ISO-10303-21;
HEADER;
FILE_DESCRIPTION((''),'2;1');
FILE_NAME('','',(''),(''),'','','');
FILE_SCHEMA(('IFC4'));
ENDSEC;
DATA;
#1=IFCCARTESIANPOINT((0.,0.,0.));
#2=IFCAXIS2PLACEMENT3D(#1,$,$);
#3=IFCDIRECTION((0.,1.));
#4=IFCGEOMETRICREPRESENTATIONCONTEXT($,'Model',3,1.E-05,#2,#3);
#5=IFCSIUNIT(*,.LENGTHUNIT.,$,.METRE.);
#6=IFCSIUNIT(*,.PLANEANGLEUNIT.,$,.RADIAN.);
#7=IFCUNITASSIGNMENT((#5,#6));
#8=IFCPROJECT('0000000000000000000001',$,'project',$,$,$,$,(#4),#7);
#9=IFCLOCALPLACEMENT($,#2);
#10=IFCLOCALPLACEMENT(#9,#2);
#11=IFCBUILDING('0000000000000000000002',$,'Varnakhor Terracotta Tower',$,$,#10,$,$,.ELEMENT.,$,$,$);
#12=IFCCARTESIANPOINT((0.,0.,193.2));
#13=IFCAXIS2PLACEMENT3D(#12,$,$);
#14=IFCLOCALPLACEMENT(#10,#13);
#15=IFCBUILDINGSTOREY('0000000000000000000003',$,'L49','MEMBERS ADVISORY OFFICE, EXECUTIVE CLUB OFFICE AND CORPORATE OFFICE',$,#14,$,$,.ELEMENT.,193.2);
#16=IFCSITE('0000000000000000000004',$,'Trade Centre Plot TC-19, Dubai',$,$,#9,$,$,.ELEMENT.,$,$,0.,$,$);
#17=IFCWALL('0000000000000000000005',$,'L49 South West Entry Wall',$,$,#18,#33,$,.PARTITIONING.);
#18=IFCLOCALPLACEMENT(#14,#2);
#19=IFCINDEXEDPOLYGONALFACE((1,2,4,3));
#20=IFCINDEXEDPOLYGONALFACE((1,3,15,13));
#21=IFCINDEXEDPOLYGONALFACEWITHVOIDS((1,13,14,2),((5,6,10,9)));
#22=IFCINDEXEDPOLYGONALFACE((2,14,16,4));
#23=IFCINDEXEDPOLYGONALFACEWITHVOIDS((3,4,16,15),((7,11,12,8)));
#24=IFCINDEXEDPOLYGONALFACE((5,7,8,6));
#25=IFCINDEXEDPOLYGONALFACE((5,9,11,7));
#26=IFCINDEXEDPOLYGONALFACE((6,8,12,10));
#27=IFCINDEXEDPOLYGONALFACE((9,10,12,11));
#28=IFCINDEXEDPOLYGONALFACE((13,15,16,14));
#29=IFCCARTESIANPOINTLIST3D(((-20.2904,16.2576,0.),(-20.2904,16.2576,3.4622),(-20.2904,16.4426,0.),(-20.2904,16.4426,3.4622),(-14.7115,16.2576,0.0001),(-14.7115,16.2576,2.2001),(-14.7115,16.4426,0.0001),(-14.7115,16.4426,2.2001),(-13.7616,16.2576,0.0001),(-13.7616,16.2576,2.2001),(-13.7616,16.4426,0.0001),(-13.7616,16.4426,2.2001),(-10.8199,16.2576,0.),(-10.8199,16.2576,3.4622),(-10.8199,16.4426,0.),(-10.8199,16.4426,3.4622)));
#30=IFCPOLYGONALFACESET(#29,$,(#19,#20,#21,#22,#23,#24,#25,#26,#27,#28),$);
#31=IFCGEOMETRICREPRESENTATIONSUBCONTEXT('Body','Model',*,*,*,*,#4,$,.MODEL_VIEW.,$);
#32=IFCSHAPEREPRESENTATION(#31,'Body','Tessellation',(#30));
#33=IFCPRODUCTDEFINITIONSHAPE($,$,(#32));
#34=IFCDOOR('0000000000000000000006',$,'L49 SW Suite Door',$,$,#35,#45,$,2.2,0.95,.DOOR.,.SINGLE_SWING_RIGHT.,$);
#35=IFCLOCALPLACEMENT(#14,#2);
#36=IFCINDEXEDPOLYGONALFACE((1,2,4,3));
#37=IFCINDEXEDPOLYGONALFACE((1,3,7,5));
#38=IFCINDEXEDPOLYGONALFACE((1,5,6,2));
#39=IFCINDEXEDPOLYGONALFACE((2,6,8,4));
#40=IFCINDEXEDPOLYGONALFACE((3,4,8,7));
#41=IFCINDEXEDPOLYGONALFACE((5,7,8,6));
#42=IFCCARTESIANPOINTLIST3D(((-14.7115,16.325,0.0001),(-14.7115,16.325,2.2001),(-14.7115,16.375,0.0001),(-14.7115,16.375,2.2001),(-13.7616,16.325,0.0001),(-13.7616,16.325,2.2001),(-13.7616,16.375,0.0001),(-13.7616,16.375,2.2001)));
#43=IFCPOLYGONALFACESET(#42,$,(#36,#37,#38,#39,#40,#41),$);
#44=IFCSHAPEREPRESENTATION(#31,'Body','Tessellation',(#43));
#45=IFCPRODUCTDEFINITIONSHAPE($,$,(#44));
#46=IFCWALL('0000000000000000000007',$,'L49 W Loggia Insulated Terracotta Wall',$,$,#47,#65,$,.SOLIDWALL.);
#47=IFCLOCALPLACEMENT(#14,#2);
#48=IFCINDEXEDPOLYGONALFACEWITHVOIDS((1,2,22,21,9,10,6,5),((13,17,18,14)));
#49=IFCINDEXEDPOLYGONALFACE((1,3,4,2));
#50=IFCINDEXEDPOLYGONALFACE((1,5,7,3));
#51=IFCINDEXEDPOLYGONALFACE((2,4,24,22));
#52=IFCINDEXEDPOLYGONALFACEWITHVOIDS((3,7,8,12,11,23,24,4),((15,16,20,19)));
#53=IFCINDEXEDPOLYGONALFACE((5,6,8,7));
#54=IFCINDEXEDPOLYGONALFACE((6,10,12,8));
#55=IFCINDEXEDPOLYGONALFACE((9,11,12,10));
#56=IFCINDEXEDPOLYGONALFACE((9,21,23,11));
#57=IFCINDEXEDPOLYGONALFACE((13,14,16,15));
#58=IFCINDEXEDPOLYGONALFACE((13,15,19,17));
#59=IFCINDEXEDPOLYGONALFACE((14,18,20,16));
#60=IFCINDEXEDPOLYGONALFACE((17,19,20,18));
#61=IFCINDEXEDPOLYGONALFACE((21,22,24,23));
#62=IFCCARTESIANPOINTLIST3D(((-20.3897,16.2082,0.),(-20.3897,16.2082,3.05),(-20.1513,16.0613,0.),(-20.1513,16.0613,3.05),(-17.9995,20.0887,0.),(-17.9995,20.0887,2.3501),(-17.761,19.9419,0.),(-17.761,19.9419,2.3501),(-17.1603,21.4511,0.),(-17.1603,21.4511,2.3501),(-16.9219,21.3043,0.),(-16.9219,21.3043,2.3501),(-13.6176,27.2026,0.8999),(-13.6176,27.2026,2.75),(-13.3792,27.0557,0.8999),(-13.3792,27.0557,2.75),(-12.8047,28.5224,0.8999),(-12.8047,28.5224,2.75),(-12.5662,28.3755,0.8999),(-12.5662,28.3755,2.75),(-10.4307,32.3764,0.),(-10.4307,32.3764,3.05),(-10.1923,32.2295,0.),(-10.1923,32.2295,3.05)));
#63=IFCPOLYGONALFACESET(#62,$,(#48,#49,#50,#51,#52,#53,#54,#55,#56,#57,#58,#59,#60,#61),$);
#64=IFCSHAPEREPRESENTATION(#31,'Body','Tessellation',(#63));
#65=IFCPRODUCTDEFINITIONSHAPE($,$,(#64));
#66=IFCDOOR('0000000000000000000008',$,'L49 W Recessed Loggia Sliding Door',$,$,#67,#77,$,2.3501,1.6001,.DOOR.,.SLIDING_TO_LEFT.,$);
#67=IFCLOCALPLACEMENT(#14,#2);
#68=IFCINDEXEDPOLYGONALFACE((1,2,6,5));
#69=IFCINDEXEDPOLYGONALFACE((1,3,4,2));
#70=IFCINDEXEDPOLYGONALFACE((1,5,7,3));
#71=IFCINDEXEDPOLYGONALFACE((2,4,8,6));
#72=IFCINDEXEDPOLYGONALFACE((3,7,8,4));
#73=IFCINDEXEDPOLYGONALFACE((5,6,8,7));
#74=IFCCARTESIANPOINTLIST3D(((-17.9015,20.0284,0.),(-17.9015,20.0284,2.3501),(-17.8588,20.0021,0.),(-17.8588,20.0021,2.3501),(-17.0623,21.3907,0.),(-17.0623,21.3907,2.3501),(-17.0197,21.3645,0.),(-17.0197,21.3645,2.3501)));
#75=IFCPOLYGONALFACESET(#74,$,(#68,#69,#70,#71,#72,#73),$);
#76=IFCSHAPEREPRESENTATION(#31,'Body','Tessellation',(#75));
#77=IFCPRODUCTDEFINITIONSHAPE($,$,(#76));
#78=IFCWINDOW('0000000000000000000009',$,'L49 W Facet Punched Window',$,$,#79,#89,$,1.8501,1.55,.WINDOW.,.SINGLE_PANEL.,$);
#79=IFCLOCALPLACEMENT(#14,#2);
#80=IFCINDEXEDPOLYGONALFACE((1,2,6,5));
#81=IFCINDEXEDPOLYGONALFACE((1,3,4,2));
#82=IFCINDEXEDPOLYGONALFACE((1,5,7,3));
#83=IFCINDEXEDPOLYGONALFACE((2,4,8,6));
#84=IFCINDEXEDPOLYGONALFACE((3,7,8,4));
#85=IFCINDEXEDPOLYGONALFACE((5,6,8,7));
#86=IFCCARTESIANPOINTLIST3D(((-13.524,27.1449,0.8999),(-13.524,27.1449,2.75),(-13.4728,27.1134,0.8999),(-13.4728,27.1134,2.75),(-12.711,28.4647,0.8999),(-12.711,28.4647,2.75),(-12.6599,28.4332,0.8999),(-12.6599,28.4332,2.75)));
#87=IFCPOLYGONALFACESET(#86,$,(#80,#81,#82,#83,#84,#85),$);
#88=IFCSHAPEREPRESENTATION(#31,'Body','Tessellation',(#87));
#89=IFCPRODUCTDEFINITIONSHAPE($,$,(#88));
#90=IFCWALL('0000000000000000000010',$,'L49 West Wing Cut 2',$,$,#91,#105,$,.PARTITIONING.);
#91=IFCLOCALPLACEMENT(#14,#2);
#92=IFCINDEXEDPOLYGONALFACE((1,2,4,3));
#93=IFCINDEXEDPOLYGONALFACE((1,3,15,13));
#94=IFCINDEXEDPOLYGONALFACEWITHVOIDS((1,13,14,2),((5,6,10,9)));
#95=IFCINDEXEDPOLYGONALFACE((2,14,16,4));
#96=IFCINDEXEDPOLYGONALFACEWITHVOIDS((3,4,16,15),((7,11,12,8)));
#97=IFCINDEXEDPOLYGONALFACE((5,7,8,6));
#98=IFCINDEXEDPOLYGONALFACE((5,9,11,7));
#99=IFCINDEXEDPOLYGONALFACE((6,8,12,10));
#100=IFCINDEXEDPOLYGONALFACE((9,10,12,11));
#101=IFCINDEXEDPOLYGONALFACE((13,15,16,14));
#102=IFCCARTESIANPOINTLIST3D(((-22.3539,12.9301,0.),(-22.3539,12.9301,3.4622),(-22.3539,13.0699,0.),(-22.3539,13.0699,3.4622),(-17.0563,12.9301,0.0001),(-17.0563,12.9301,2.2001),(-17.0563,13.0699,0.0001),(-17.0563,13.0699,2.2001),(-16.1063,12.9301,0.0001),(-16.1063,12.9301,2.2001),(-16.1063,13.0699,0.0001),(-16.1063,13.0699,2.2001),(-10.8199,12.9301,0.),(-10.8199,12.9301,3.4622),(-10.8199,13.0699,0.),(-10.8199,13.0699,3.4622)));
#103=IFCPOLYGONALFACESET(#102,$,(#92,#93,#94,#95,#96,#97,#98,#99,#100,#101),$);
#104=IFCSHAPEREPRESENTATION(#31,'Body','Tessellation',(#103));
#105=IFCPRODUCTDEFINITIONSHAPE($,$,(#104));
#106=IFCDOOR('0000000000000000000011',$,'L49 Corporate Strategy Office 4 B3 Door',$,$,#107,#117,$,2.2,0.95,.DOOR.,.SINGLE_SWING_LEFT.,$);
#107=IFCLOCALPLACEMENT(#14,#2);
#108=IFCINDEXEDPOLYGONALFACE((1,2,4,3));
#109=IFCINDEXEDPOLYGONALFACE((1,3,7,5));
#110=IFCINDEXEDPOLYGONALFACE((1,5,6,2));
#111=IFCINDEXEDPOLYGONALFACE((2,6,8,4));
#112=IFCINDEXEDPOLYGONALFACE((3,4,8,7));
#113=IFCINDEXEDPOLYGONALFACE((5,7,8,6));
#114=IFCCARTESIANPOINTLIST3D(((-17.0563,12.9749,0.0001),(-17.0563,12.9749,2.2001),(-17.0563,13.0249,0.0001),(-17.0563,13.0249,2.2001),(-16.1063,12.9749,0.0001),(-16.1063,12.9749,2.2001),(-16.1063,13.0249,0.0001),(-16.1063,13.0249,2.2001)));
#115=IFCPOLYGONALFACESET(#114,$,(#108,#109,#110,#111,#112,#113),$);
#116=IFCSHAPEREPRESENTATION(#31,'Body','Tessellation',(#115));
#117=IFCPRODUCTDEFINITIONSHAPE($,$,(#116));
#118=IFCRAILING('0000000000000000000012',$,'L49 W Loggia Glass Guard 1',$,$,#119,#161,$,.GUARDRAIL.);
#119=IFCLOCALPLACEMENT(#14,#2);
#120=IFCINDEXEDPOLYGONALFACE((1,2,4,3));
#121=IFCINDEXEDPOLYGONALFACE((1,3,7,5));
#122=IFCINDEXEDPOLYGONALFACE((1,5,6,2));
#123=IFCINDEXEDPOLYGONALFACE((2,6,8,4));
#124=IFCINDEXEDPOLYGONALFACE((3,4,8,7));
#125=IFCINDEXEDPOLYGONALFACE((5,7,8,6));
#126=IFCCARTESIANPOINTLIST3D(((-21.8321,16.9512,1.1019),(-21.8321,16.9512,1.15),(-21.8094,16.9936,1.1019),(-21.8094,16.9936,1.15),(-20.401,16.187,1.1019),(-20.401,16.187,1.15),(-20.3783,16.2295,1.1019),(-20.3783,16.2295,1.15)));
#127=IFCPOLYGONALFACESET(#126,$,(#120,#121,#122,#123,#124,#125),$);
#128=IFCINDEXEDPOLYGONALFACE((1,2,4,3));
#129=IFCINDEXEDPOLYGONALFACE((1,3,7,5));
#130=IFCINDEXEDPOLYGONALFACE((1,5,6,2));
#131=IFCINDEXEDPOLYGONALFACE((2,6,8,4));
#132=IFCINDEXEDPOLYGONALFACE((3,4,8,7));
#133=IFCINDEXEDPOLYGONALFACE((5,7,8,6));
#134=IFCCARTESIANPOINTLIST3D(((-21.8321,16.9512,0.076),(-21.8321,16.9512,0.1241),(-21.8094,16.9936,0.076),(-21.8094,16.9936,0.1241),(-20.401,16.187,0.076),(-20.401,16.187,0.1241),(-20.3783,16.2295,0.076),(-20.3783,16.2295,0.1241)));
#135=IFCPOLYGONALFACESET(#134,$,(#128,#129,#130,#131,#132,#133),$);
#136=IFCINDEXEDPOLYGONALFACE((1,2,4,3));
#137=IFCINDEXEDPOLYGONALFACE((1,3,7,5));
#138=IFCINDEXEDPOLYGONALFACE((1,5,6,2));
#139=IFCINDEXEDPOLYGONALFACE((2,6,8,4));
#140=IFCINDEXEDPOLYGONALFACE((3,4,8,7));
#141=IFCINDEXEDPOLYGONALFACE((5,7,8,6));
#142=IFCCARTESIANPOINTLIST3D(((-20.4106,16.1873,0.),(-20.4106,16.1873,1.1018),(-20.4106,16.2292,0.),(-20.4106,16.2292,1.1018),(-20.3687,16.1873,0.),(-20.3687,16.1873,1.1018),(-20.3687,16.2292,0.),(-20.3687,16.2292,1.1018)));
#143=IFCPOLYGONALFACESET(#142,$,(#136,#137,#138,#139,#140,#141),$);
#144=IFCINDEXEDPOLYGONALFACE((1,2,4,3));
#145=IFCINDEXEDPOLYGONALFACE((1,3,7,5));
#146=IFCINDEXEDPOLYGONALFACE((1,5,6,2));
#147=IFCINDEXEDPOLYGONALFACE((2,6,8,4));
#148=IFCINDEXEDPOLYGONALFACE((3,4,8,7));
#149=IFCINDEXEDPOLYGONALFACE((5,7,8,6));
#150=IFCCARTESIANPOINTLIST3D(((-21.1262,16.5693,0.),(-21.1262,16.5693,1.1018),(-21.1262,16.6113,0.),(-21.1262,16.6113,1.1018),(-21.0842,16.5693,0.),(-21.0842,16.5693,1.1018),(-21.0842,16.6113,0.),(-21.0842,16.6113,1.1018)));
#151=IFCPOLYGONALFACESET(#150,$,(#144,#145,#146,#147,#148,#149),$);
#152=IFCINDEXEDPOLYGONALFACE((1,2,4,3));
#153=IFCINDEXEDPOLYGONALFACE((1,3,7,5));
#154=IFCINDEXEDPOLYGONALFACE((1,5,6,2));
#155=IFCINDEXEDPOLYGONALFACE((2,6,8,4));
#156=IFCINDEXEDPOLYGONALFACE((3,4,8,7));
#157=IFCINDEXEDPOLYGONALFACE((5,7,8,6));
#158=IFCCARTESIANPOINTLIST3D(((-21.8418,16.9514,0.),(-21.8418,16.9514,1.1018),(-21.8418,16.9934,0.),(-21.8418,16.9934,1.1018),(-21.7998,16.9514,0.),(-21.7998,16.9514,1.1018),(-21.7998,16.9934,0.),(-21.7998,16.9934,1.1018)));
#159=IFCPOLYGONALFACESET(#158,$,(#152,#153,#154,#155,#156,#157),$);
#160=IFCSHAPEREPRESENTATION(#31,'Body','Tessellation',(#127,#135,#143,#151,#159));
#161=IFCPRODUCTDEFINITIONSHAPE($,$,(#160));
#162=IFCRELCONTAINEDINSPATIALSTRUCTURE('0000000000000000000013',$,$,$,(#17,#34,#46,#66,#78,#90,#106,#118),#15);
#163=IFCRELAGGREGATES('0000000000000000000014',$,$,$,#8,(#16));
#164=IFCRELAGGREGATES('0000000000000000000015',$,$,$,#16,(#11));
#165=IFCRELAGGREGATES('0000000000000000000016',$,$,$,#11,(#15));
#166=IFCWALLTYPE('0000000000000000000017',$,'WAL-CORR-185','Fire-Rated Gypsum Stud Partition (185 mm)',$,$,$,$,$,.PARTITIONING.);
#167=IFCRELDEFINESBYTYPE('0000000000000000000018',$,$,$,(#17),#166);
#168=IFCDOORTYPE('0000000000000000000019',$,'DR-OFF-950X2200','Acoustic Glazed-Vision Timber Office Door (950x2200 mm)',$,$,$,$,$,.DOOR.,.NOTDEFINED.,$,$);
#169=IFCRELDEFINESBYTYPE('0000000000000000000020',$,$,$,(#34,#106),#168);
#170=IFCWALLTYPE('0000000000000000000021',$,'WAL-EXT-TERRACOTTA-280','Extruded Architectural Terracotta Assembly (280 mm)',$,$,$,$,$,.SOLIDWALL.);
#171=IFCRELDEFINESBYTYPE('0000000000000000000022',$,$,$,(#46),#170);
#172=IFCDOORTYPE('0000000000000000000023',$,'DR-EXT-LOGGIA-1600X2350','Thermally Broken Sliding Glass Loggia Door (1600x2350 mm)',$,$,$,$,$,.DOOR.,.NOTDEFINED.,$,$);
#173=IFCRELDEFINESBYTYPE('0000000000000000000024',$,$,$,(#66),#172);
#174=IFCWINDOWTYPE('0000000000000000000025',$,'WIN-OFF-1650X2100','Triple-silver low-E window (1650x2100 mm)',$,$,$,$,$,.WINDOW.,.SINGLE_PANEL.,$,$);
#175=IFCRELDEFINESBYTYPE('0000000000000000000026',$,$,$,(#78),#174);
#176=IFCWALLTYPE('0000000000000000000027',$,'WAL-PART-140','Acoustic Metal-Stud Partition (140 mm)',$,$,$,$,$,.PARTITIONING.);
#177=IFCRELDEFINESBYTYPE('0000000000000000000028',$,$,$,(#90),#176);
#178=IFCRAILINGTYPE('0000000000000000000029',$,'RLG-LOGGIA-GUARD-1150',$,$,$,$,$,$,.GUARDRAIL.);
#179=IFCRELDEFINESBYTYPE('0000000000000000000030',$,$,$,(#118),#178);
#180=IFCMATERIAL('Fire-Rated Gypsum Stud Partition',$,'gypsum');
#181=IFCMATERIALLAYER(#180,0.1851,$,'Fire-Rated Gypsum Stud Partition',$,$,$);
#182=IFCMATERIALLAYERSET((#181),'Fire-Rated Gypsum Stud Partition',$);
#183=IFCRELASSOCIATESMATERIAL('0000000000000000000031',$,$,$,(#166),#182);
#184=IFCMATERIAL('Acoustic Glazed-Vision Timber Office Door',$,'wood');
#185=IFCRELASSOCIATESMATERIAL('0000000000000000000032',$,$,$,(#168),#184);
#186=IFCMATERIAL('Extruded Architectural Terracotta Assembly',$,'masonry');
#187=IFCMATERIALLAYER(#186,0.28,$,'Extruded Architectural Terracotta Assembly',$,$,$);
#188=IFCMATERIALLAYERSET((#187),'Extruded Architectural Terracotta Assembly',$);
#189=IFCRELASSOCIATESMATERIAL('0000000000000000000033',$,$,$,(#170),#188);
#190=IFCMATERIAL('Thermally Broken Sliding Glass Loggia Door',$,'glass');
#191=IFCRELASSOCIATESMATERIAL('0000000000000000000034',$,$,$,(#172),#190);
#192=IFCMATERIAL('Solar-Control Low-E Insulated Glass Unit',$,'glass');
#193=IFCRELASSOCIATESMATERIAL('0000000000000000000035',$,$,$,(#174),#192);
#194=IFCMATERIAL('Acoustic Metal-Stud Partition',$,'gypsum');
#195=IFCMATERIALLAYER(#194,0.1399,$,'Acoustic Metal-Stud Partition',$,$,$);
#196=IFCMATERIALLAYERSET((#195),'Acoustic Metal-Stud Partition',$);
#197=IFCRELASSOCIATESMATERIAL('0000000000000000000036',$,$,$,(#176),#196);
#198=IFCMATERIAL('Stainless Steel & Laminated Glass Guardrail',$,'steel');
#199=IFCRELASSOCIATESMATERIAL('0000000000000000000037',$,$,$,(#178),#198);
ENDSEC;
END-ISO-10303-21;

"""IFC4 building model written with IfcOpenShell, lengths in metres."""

from ifc_helpers import new_model, si_unit, direction, frame, frame_2d, origin, origin_2d, place, context, subcontext, project, spatial, rectangle, extrude, source, transform, mapped, material, layer, layer_set, type_object, type_shapes, element, fill, save


model = new_model("IFC4")

# Units and contexts
model_context = context("Model", 3, precision=1e-05, world=origin(), true_north=direction((0.0, 1.0)))
body_context = subcontext(model_context, "Body", "Model", "MODEL_VIEW")
ifc_project = project(units=[si_unit("LENGTHUNIT", "METRE"), si_unit("PLANEANGLEUNIT", "RADIAN")], contexts=[model_context])

# Site, building, storey
site_placement = place(None, origin())
site = spatial("IfcSite", under=ifc_project, at=site_placement, Name="Trade Centre Plot TC-19, Dubai", CompositionType="ELEMENT", RefElevation=0.0)
building_placement = place(site_placement, origin())
building = spatial("IfcBuilding", under=site, at=building_placement, Name="Varnakhor Terracotta Tower", CompositionType="ELEMENT")
storey_placement = place(building_placement, frame((0.0, 0.0, 193.2)))
storey = spatial("IfcBuildingStorey", under=building, at=storey_placement, Name="L49", Description="MEMBERS ADVISORY OFFICE, EXECUTIVE CLUB OFFICE AND CORPORATE OFFICE", CompositionType="ELEMENT", Elevation=193.2)

# Wall, opening, door
ifc_material_1 = material(Name="Fire-Rated Gypsum Stud Partition", Category="gypsum")
ifc_layer_1 = layer(ifc_material_1, 0.1851, Name="Fire-Rated Gypsum Stud Partition")
ifc_layer_set_1 = layer_set([ifc_layer_1], Name="Fire-Rated Gypsum Stud Partition")
wall_type_1 = type_object("IfcWallType", Name="WAL-CORR-185", Description="Fire-Rated Gypsum Stud Partition (185 mm)", PredefinedType="PARTITIONING", material=ifc_layer_set_1)
wall_1_placement = place(storey_placement, frame((-20.2905, 16.3501, 0.0), z_axis=(0.0, 0.0, 1.0), x_axis=(1.0, 0.0, 0.0)))
wall_1 = element("IfcWall", 1, at=wall_1_placement, inside=storey, type_object=wall_type_1, Name="L49 South West Entry Wall", PredefinedType="PARTITIONING", context=body_context, shape_type="SweptSolid", body=[
    extrude(rectangle(XDim=9.4705, YDim=0.1851, at=frame_2d((4.7354, 0.0))), origin(), (0.0, 0.0, 1.0), 3.4622),
])
opening_1_placement = place(wall_1_placement, frame((5.5789, 0.0, 0.0)))
opening_1 = element("IfcOpeningElement", 2, at=opening_1_placement, cuts=wall_1, PredefinedType="OPENING", context=body_context, shape_type="SweptSolid", body=[
    extrude(rectangle(XDim=0.95, YDim=2.2, at=frame_2d((0.4751, 1.1001))), frame((0.0, 0.1025, 0.0), z_axis=(0.0, -1.0, 0.0), x_axis=(1.0, 0.0, 0.0)), (0.0, 0.0, 1.0), 0.2051),
])
ifc_material_2 = material(Name="Acoustic Glazed-Vision Timber Office Door", Category="wood")
door_type_1 = type_object("IfcDoorType", Name="DR-OFF-950X2200", Description="Acoustic Glazed-Vision Timber Office Door (950x2200 mm)", OperationType="NOTDEFINED", PredefinedType="DOOR", material=ifc_material_2)
shared_shape_1 = source(origin(), body_context, "Body", "SweptSolid", [
    extrude(rectangle(XDim=0.95, YDim=2.2, at=frame_2d((0.4751, 1.1001))), frame((0.0, 0.0249, 0.0), z_axis=(0.0, -1.0, 0.0), x_axis=(1.0, 0.0, 0.0)), (0.0, 0.0, 1.0), 0.05),
])
type_shapes(door_type_1, [shared_shape_1])
door_1_placement = place(opening_1_placement, origin())
door_1 = element("IfcDoor", 3, at=door_1_placement, inside=storey, type_object=door_type_1, Name="L49 SW Suite Door", OperationType="SINGLE_SWING_RIGHT", OverallHeight=2.2, OverallWidth=0.95, PredefinedType="DOOR", context=body_context, shape_type="MappedRepresentation", body=[
    mapped(shared_shape_1, transform((0.0, 0.0, 0.0), scale=1.0)),
])
fill(opening_1, door_1)

# Wall, openings, door, window
ifc_material_3 = material(Name="Extruded Architectural Terracotta Assembly", Category="masonry")
ifc_layer_2 = layer(ifc_material_3, 0.28, Name="Extruded Architectural Terracotta Assembly")
ifc_layer_set_2 = layer_set([ifc_layer_2], Name="Extruded Architectural Terracotta Assembly")
wall_type_2 = type_object("IfcWallType", Name="WAL-EXT-TERRACOTTA-280", Description="Extruded Architectural Terracotta Assembly (280 mm)", PredefinedType="SOLIDWALL", material=ifc_layer_set_2)
wall_2_placement = place(storey_placement, frame((-20.2705, 16.1348, 0.0), z_axis=(0.0, 0.0, 1.0), x_axis=(0.524453, 0.851439, 0.0)))
wall_2 = element("IfcWall", 4, at=wall_2_placement, inside=storey, type_object=wall_type_2, Name="L49 W Loggia Insulated Terracotta Wall", PredefinedType="SOLIDWALL", context=body_context, shape_type="SweptSolid", body=[
    extrude(rectangle(XDim=18.9893, YDim=0.28, at=frame_2d((9.4946, 0.0))), origin(), (0.0, 0.0, 1.0), 3.05),
])
opening_2_placement = place(wall_2_placement, frame((4.5576, 0.0, 0.0)))
opening_2 = element("IfcOpeningElement", 5, at=opening_2_placement, cuts=wall_2, PredefinedType="OPENING", context=body_context, shape_type="SweptSolid", body=[
    extrude(rectangle(XDim=1.6001, YDim=2.3501, at=frame_2d((0.8, 1.175))), frame((0.0, 0.1499, 0.0), z_axis=(0.0, -1.0, 0.0), x_axis=(1.0, 0.0, 0.0)), (0.0, 0.0, 1.0), 0.3),
])
opening_3_placement = place(wall_2_placement, frame((12.9128, 0.0, 0.8999)))
opening_3 = element("IfcOpeningElement", 6, at=opening_3_placement, cuts=wall_2, PredefinedType="OPENING", context=body_context, shape_type="SweptSolid", body=[
    extrude(rectangle(XDim=1.55, YDim=1.8501, at=frame_2d((0.7749, 0.925))), frame((0.0, 0.1499, 0.0), z_axis=(0.0, -1.0, 0.0), x_axis=(1.0, 0.0, 0.0)), (0.0, 0.0, 1.0), 0.3),
])
ifc_material_4 = material(Name="Thermally Broken Sliding Glass Loggia Door", Category="glass")
door_type_2 = type_object("IfcDoorType", Name="DR-EXT-LOGGIA-1600X2350", Description="Thermally Broken Sliding Glass Loggia Door (1600x2350 mm)", OperationType="NOTDEFINED", PredefinedType="DOOR", material=ifc_material_4)
shared_shape_2 = source(origin(), body_context, "Body", "SweptSolid", [
    extrude(rectangle(XDim=1.6001, YDim=2.3501, at=frame_2d((0.8, 1.175))), frame((0.0, 0.0249, 0.0), z_axis=(0.0, -1.0, 0.0), x_axis=(1.0, 0.0, 0.0)), (0.0, 0.0, 1.0), 0.05),
])
type_shapes(door_type_2, [shared_shape_2])
door_2_placement = place(opening_2_placement, origin())
door_2 = element("IfcDoor", 7, at=door_2_placement, inside=storey, type_object=door_type_2, Name="L49 W Recessed Loggia Sliding Door", OperationType="SLIDING_TO_LEFT", OverallHeight=2.3501, OverallWidth=1.6001, PredefinedType="DOOR", context=body_context, shape_type="MappedRepresentation", body=[
    mapped(shared_shape_2, transform((0.0, 0.0, 0.0), scale=1.0)),
])
fill(opening_2, door_2)
ifc_material_5 = material(Name="Solar-Control Low-E Insulated Glass Unit", Category="glass")
window_type = type_object("IfcWindowType", Name="WIN-OFF-1650X2100", Description="Triple-silver low-E window (1650x2100 mm)", PartitioningType="SINGLE_PANEL", PredefinedType="WINDOW", material=ifc_material_5)
shared_shape_3 = source(origin(), body_context, "Body", "SweptSolid", [
    extrude(rectangle(XDim=1.55, YDim=1.8501, at=frame_2d((0.7749, 0.925))), frame((0.0, 0.03, 0.0), z_axis=(0.0, -1.0, 0.0), x_axis=(1.0, 0.0, 0.0)), (0.0, 0.0, 1.0), 0.0601),
])
type_shapes(window_type, [shared_shape_3])
window_placement = place(opening_3_placement, origin())
window = element("IfcWindow", 8, at=window_placement, inside=storey, type_object=window_type, Name="L49 W Facet Punched Window", OverallHeight=1.8501, OverallWidth=1.55, PartitioningType="SINGLE_PANEL", PredefinedType="WINDOW", context=body_context, shape_type="MappedRepresentation", body=[
    mapped(shared_shape_3, transform((0.0, 0.0, 0.0), scale=1.0)),
])
fill(opening_3, window)

# Wall, opening, door
ifc_material_6 = material(Name="Acoustic Metal-Stud Partition", Category="gypsum")
ifc_layer_3 = layer(ifc_material_6, 0.1399, Name="Acoustic Metal-Stud Partition")
ifc_layer_set_3 = layer_set([ifc_layer_3], Name="Acoustic Metal-Stud Partition")
wall_type_3 = type_object("IfcWallType", Name="WAL-PART-140", Description="Acoustic Metal-Stud Partition (140 mm)", PredefinedType="PARTITIONING", material=ifc_layer_set_3)
wall_3_placement = place(storey_placement, frame((-22.354, 13.0, 0.0), z_axis=(0.0, 0.0, 1.0), x_axis=(1.0, 0.0, 0.0)))
wall_3 = element("IfcWall", 9, at=wall_3_placement, inside=storey, type_object=wall_type_3, Name="L49 West Wing Cut 2", PredefinedType="PARTITIONING", context=body_context, shape_type="SweptSolid", body=[
    extrude(rectangle(XDim=11.5339, YDim=0.1399, at=frame_2d((5.7671, 0.0))), origin(), (0.0, 0.0, 1.0), 3.4622),
])
opening_4_placement = place(wall_3_placement, frame((5.2976, 0.0, 0.0)))
opening_4 = element("IfcOpeningElement", 10, at=opening_4_placement, cuts=wall_3, PredefinedType="OPENING", context=body_context, shape_type="SweptSolid", body=[
    extrude(rectangle(XDim=0.95, YDim=2.2, at=frame_2d((0.4751, 1.1001))), frame((0.0, 0.0801, 0.0), z_axis=(0.0, -1.0, 0.0), x_axis=(1.0, 0.0, 0.0)), (0.0, 0.0, 1.0), 0.1599),
])
door_3_placement = place(opening_4_placement, origin())
door_3 = element("IfcDoor", 11, at=door_3_placement, inside=storey, type_object=door_type_1, Name="L49 Corporate Strategy Office 4 B3 Door", OperationType="SINGLE_SWING_LEFT", OverallHeight=2.2, OverallWidth=0.95, PredefinedType="DOOR", context=body_context, shape_type="MappedRepresentation", body=[
    mapped(shared_shape_1, transform((0.0, 0.0, 0.0), scale=1.0)),
])
fill(opening_4, door_3)

# Railing
ifc_material_7 = material(Name="Stainless Steel & Laminated Glass Guardrail", Category="steel")
railing_type = type_object("IfcRailingType", Name="RLG-LOGGIA-GUARD-1150", PredefinedType="GUARDRAIL", material=ifc_material_7)
railing_1_placement = place(storey_placement, frame((-20.3896, 16.2083, 0.0)))
element("IfcRailing", 12, at=railing_1_placement, inside=storey, type_object=railing_type, Name="L49 W Loggia Glass Guard 1", PredefinedType="GUARDRAIL", context=body_context, shape_type="SweptSolid", body=[
    extrude(rectangle(XDim=0.0481, YDim=0.0481, at=origin_2d()), frame((0.0, 0.0, 1.126), z_axis=(-0.882128, 0.47101, 0.0), x_axis=(-0.47101, -0.882128, 0.0)), (0.0, 0.0, 1.0), 1.6223),
    extrude(rectangle(XDim=0.0481, YDim=0.0481, at=origin_2d()), frame((0.0, 0.0, 0.1001), z_axis=(-0.882128, 0.47101, 0.0), x_axis=(-0.47101, -0.882128, 0.0)), (0.0, 0.0, 1.0), 1.6223),
    extrude(rectangle(XDim=0.042, YDim=0.042, at=origin_2d()), origin(), (0.0, 0.0, 1.0), 1.1018),
    extrude(rectangle(XDim=0.042, YDim=0.042, at=origin_2d()), frame((-0.7156, 0.3821, 0.0)), (0.0, 0.0, 1.0), 1.1018),
    extrude(rectangle(XDim=0.042, YDim=0.042, at=origin_2d()), frame((-1.4312, 0.7642, 0.0)), (0.0, 0.0, 1.0), 1.1018),
])

save(model, "model.ifc")
